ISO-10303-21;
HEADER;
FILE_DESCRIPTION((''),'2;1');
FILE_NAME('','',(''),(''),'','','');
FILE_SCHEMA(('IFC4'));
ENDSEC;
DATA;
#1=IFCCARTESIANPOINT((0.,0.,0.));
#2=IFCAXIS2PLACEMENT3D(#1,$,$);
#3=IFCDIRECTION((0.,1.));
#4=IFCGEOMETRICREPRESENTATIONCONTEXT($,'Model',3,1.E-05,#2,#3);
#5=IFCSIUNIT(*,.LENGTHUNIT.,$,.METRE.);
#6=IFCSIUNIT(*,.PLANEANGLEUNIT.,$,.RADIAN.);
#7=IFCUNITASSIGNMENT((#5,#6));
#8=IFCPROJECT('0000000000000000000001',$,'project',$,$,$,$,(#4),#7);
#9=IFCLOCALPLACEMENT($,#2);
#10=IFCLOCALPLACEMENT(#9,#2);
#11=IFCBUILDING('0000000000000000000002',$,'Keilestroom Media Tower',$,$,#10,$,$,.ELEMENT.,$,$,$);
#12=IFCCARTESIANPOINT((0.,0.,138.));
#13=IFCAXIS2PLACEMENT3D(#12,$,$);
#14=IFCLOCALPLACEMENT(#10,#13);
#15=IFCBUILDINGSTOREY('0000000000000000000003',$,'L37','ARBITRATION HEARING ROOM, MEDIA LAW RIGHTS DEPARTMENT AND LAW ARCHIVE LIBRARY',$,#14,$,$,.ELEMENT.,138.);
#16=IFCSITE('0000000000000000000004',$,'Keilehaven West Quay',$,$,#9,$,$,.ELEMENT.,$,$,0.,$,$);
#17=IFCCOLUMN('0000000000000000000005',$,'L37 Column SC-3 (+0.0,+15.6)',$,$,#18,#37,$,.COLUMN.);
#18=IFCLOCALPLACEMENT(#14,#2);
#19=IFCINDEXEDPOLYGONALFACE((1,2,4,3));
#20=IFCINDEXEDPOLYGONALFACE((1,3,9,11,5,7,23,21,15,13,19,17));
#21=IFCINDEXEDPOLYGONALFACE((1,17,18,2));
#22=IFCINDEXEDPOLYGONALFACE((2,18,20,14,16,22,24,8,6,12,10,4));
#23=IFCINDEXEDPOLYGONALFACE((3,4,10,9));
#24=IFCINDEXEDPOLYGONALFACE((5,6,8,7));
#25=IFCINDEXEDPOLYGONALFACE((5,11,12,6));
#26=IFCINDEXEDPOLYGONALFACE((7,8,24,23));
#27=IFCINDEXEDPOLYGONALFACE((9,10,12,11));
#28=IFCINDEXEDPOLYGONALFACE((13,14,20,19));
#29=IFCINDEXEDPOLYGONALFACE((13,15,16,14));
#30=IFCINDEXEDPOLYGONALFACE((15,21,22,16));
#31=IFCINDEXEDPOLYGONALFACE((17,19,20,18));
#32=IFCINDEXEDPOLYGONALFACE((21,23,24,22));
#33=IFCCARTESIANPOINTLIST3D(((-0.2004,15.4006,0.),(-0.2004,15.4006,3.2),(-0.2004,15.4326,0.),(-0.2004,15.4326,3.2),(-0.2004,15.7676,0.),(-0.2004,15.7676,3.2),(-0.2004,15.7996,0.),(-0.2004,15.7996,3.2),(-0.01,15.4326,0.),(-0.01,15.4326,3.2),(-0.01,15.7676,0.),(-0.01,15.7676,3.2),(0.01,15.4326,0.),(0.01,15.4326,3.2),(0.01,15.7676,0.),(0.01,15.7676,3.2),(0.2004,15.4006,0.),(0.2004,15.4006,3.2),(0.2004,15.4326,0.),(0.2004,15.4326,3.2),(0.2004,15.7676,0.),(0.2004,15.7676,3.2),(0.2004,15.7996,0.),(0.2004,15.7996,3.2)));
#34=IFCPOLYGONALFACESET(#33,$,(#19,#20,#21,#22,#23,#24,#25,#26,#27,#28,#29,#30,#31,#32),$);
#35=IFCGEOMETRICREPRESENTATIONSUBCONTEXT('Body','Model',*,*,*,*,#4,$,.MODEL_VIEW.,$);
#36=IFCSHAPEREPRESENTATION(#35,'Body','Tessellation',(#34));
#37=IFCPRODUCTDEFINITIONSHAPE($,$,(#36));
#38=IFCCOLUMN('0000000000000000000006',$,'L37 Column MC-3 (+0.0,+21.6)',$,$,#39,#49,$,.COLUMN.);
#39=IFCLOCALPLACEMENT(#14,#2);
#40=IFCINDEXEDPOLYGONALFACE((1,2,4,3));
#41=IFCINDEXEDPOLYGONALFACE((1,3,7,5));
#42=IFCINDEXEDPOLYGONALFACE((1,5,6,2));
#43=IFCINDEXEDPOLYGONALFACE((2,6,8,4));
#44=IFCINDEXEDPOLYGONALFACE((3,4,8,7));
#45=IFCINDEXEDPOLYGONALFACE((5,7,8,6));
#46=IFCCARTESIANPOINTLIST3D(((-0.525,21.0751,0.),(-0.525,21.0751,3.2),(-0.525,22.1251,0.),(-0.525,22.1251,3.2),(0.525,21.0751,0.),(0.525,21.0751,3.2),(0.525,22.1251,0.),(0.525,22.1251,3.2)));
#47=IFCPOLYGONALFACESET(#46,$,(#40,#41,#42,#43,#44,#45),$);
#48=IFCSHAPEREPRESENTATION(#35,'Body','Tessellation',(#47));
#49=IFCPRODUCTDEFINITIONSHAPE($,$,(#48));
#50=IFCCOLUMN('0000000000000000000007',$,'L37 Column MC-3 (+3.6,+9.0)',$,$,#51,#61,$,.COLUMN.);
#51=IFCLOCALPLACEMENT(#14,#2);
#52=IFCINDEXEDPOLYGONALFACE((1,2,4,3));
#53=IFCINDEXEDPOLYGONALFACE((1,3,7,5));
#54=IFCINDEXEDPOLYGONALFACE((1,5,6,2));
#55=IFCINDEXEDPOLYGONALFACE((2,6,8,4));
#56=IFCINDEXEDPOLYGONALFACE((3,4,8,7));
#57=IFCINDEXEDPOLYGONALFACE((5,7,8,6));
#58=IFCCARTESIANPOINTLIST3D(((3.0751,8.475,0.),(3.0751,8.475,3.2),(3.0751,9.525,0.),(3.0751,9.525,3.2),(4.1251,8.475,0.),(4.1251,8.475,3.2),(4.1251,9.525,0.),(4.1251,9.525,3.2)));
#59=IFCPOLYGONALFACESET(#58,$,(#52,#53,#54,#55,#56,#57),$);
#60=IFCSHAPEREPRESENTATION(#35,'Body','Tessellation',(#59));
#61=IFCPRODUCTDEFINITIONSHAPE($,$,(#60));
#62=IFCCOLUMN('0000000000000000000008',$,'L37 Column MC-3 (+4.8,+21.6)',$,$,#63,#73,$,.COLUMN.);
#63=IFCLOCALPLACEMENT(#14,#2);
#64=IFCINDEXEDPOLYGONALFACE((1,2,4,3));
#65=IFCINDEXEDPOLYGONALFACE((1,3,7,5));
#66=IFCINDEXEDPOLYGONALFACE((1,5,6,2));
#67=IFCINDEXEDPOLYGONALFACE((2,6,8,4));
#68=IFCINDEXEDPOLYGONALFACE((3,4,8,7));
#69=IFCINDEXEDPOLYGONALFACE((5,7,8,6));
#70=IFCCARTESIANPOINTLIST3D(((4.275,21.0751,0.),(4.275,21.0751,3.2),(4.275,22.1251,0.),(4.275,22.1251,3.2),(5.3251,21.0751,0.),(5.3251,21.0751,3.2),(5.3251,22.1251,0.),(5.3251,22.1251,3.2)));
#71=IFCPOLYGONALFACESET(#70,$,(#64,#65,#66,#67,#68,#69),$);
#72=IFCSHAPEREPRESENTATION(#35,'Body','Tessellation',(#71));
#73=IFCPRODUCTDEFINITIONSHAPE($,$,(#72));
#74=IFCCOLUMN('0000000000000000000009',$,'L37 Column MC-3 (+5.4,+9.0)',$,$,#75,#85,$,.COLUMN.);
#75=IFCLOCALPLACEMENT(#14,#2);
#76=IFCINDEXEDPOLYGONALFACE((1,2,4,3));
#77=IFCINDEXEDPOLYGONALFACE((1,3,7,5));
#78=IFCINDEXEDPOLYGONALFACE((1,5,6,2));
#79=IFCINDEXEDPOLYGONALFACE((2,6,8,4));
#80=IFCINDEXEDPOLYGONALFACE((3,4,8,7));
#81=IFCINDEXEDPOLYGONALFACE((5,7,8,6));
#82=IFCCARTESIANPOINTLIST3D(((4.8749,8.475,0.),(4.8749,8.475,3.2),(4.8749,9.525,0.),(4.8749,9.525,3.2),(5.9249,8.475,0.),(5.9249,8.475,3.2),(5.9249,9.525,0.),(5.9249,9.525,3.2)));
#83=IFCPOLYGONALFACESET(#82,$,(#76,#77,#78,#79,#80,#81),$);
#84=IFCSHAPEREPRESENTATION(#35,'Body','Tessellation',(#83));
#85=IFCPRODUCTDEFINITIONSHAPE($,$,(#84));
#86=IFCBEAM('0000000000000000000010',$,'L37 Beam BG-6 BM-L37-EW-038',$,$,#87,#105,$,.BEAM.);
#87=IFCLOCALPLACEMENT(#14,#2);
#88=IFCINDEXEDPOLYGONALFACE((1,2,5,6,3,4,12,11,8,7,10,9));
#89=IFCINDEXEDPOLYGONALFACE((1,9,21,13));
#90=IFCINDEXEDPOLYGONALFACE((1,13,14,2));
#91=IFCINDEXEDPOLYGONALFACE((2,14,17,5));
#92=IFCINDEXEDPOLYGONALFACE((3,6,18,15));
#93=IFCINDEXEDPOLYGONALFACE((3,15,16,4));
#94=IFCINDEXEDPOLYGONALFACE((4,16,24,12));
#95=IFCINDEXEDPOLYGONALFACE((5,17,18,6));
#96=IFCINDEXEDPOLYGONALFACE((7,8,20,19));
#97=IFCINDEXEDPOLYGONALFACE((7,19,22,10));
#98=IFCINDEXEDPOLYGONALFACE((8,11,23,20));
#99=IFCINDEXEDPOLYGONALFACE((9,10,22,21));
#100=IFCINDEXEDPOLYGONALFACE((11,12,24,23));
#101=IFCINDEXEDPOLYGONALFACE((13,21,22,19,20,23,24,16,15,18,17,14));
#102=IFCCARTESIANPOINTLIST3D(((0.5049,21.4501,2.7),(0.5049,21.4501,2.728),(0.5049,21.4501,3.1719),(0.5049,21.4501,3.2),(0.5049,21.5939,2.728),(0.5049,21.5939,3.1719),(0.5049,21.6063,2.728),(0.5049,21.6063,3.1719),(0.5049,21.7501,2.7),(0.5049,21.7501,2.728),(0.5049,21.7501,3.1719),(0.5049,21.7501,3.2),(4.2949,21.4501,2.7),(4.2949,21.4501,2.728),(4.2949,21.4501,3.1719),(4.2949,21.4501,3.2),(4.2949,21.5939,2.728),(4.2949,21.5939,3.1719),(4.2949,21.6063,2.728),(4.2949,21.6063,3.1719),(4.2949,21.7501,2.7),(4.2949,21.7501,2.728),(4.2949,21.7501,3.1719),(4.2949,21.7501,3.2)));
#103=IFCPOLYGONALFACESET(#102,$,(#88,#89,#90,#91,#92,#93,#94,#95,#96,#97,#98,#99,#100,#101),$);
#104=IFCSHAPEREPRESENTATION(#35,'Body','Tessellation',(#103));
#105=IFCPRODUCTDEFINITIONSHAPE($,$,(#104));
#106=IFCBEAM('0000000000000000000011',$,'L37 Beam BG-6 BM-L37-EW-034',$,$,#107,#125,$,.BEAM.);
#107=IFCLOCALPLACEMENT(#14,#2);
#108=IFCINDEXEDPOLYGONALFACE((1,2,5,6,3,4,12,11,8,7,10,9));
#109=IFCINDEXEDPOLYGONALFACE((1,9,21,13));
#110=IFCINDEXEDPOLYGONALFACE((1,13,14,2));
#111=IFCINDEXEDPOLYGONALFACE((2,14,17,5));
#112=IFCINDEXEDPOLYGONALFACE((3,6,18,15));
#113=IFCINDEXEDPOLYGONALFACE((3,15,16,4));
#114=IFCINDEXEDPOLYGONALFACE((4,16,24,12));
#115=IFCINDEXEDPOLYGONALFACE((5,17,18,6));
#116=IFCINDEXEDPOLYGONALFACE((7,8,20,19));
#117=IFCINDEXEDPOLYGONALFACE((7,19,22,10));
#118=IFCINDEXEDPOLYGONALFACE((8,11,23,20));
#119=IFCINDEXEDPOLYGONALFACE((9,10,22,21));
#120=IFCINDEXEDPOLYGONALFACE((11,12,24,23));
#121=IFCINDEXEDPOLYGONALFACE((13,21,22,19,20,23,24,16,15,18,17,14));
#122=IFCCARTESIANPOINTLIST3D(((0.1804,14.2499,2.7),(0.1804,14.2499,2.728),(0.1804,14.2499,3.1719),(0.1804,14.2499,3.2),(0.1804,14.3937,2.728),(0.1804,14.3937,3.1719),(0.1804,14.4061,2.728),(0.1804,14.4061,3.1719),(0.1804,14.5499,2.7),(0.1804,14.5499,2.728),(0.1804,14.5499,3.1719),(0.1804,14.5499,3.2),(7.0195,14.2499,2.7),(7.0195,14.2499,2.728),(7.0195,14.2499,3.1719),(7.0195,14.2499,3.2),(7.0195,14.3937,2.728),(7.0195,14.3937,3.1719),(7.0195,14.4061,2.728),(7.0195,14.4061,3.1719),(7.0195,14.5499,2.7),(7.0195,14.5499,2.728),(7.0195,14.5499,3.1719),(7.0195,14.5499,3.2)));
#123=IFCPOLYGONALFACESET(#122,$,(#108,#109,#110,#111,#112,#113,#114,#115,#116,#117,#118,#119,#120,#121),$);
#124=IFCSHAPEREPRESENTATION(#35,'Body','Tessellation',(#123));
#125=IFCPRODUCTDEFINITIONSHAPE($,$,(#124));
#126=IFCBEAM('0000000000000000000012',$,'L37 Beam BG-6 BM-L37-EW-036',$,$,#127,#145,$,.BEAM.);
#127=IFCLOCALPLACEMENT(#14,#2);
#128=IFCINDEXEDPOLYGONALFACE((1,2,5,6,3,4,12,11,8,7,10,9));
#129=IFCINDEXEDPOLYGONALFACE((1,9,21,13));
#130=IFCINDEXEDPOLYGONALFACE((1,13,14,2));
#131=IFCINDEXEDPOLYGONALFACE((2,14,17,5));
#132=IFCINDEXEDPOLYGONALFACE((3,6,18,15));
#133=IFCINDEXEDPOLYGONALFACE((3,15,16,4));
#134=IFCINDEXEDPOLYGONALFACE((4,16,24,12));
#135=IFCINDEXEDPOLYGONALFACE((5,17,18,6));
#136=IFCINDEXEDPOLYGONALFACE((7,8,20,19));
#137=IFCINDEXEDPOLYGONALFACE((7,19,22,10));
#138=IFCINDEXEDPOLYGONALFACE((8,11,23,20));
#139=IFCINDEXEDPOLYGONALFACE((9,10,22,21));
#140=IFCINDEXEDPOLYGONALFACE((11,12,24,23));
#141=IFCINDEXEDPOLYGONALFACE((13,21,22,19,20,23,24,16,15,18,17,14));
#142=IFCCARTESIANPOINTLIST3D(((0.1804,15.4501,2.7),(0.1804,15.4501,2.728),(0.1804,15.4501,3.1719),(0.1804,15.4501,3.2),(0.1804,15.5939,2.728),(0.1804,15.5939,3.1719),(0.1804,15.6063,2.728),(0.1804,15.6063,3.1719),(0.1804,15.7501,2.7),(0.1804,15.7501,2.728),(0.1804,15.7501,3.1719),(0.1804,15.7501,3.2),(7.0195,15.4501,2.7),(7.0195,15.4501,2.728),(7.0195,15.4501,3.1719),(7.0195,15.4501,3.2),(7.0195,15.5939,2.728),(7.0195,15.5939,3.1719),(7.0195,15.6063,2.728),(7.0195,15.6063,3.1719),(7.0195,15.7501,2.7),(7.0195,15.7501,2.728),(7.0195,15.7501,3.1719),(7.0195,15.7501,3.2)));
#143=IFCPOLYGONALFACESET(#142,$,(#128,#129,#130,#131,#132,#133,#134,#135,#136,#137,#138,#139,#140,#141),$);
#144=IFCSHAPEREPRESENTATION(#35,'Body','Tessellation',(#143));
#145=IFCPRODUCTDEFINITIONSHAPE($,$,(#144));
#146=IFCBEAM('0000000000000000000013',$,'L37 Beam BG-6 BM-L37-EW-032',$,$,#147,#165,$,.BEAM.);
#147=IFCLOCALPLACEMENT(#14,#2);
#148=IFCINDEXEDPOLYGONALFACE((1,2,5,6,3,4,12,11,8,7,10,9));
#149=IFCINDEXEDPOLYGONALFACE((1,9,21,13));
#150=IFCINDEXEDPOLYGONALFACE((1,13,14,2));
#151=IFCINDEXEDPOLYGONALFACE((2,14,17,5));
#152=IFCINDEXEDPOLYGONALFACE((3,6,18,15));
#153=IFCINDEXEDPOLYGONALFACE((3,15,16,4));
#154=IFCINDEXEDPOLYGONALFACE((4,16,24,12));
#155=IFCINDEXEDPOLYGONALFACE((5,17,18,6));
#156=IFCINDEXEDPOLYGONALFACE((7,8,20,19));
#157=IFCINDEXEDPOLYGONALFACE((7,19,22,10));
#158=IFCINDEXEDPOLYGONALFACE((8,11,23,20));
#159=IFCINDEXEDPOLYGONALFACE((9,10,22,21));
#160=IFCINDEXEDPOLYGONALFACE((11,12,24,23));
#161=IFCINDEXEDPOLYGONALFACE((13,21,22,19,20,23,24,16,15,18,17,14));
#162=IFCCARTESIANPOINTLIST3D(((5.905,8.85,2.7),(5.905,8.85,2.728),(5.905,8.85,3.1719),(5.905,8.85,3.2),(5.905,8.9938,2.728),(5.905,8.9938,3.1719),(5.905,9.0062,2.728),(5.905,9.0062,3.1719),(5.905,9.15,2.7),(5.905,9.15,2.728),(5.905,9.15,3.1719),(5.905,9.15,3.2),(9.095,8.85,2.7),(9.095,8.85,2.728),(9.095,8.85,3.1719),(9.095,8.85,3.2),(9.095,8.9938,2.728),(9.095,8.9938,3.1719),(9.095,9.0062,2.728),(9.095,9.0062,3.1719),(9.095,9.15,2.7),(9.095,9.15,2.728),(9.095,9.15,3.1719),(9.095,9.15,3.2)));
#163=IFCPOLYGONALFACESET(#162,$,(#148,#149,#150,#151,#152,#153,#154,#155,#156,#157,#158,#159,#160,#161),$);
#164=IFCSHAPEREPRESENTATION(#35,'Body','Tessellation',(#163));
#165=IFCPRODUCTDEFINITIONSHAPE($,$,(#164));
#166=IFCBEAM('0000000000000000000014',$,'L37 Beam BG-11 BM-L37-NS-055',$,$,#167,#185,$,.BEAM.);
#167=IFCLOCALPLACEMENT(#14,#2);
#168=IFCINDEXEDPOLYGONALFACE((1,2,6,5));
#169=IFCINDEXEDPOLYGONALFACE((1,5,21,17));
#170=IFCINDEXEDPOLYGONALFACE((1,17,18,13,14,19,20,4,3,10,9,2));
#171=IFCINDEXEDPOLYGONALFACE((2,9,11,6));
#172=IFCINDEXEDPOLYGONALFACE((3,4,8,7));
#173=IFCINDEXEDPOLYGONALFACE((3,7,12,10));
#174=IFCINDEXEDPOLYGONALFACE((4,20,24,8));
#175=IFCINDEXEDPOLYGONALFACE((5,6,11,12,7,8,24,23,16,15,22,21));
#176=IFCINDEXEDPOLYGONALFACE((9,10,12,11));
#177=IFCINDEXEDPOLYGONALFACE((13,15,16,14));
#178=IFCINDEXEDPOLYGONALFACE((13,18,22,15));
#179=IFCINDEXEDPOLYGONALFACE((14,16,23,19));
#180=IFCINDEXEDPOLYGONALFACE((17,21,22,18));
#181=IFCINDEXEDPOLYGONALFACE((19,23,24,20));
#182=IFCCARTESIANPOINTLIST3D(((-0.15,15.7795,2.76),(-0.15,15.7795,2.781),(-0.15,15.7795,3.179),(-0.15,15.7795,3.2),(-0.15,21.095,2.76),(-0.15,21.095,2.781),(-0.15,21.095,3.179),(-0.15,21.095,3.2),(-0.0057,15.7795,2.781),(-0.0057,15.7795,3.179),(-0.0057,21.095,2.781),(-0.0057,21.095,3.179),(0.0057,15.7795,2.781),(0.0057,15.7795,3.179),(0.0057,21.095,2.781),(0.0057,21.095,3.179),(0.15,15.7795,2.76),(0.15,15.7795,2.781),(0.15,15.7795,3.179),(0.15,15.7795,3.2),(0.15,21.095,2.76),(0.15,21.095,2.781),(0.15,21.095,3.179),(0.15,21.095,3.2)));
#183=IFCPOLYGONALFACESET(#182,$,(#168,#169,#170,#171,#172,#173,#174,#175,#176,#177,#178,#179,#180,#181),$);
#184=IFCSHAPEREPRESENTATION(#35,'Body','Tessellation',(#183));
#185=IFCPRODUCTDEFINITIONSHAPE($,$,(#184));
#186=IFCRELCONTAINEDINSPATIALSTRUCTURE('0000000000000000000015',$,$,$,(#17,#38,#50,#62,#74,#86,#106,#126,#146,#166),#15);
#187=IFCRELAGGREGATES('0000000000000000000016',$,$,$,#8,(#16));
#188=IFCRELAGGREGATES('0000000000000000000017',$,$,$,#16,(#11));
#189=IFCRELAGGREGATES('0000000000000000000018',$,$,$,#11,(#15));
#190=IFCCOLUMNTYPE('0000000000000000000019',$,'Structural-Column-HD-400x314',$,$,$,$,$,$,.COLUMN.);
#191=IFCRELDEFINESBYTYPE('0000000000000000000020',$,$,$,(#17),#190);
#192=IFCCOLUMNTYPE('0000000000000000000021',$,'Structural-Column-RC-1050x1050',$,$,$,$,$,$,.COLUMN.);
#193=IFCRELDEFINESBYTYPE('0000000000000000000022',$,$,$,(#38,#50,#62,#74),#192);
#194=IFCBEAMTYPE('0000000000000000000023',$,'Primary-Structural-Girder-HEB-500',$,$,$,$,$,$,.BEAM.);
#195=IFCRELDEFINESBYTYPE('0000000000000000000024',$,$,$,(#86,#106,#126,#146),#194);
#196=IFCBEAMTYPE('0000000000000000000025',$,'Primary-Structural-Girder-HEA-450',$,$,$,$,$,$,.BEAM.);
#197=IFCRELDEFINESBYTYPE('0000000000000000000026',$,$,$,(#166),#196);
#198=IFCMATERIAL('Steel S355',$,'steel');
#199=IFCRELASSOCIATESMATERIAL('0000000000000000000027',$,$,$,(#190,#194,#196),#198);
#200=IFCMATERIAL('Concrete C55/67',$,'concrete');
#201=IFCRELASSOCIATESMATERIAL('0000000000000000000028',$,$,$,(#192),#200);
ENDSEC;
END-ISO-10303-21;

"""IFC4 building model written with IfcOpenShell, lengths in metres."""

from ifc_helpers import new_model, si_unit, direction, frame, origin, origin_2d, place, context, subcontext, project, spatial, rectangle, i_section, extrude, source, transform, mapped, material, material_profile, profile_set, type_object, element, save


model = new_model("IFC4")

# Units and contexts
model_context = context("Model", 3, precision=1e-05, world=origin(), true_north=direction((0.0, 1.0)))
body_context = subcontext(model_context, "Body", "Model", "MODEL_VIEW")
ifc_project = project(units=[si_unit("LENGTHUNIT", "METRE"), si_unit("PLANEANGLEUNIT", "RADIAN")], contexts=[model_context])

# Site, building, storey
site_placement = place(None, origin())
site = spatial("IfcSite", under=ifc_project, at=site_placement, Name="Keilehaven West Quay", CompositionType="ELEMENT", RefElevation=0.0)
building_placement = place(site_placement, origin())
building = spatial("IfcBuilding", under=site, at=building_placement, Name="Keilestroom Media Tower", CompositionType="ELEMENT")
storey_placement = place(building_placement, frame((0.0, 0.0, 138.0)))
storey = spatial("IfcBuildingStorey", under=building, at=storey_placement, Name="L37", Description="ARBITRATION HEARING ROOM, MEDIA LAW RIGHTS DEPARTMENT AND LAW ARCHIVE LIBRARY", CompositionType="ELEMENT", Elevation=138.0)

# Columns
ifc_material_1 = material(Name="Steel S355", Category="steel")
ifc_material_profile_1 = material_profile(ifc_material_1, i_section(OverallWidth=0.4009, OverallDepth=0.3989, WebThickness=0.02, FlangeThickness=0.032, at=origin_2d()), Name="HD 400x314")
ifc_profile_set_1 = profile_set([ifc_material_profile_1], Name="Steel S355")
column_type_1 = type_object("IfcColumnType", Name="Structural-Column-HD-400x314", PredefinedType="COLUMN", material=ifc_profile_set_1)
shared_shape_1 = source(origin(), body_context, "Body", "SweptSolid", [
    extrude(i_section(OverallWidth=0.4009, OverallDepth=0.3989, WebThickness=0.02, FlangeThickness=0.032, at=origin_2d()), origin(), (0.0, 0.0, 1.0), 3.2),
])
column_placement = place(storey_placement, frame((0.0, 15.6001, 0.0), z_axis=(0.0, 0.0, 1.0), x_axis=(1.0, 0.0, 0.0)))
element("IfcColumn", 1, at=column_placement, inside=storey, type_object=column_type_1, Name="L37 Column SC-3 (+0.0,+15.6)", PredefinedType="COLUMN", context=body_context, shape_type="MappedRepresentation", body=[
    mapped(shared_shape_1, transform((0.0, 0.0, 0.0), x_axis=(1.0, 0.0, 0.0), y_axis=(0.0, 1.0, 0.0), z_axis=(0.0, 0.0, 1.0), scale=1.0)),
])
ifc_material_2 = material(Name="Concrete C55/67", Category="concrete")
ifc_material_profile_2 = material_profile(ifc_material_2, rectangle(XDim=1.05, YDim=1.05, at=origin_2d()), Name="RC 1050x1050")
ifc_profile_set_2 = profile_set([ifc_material_profile_2], Name="Concrete C55/67")
column_type_2 = type_object("IfcColumnType", Name="Structural-Column-RC-1050x1050", PredefinedType="COLUMN", material=ifc_profile_set_2)
shared_shape_2 = source(origin(), body_context, "Body", "SweptSolid", [
    extrude(rectangle(XDim=1.05, YDim=1.05, at=origin_2d()), origin(), (0.0, 0.0, 1.0), 3.2),
])
for number, where, z_axis, x_axis, name in (
    (2, (0.0, 21.6001, 0.0), (0.0, 0.0, 1.0), (1.0, 0.0, 0.0), "L37 Column MC-3 (+0.0,+21.6)"),
    (3, (3.6001, 9.0, 0.0), (0.0, 0.0, 1.0), (1.0, 0.0, 0.0), "L37 Column MC-3 (+3.6,+9.0)"),
    (4, (4.8, 21.6001, 0.0), (0.0, 0.0, 1.0), (1.0, 0.0, 0.0), "L37 Column MC-3 (+4.8,+21.6)"),
    (5, (5.3999, 9.0, 0.0), (0.0, 0.0, 1.0), (1.0, 0.0, 0.0), "L37 Column MC-3 (+5.4,+9.0)"),
):
    element("IfcColumn", number, at=place(storey_placement, frame(where, z_axis=z_axis, x_axis=x_axis)), inside=storey, type_object=column_type_2, Name=name, PredefinedType="COLUMN", context=body_context, shape_type="MappedRepresentation", body=[
        mapped(shared_shape_2, transform((0.0, 0.0, 0.0), x_axis=(1.0, 0.0, 0.0), y_axis=(0.0, 1.0, 0.0), z_axis=(0.0, 0.0, 1.0), scale=1.0)),
    ])

# Beams
ifc_material_profile_3 = material_profile(ifc_material_1, i_section(OverallWidth=0.3, OverallDepth=0.5, WebThickness=0.0125, FlangeThickness=0.0281, at=origin_2d()), Name="HEB 500")
ifc_profile_set_3 = profile_set([ifc_material_profile_3], Name="Steel S355")
beam_type_1 = type_object("IfcBeamType", Name="Primary-Structural-Girder-HEB-500", PredefinedType="BEAM", material=ifc_profile_set_3)
shared_shape_3 = source(origin(), body_context, "Body", "SweptSolid", [
    extrude(i_section(OverallWidth=0.3, OverallDepth=0.5, WebThickness=0.0125, FlangeThickness=0.0281, at=origin_2d()), origin(), (0.0, 0.0, 1.0), 3.79),
])
beam_1_placement = place(storey_placement, frame((0.5049, 21.6001, 2.95), z_axis=(1.0, 0.0, 0.0), x_axis=(0.0, 1.0, 0.0)))
element("IfcBeam", 6, at=beam_1_placement, inside=storey, type_object=beam_type_1, Name="L37 Beam BG-6 BM-L37-EW-038", PredefinedType="BEAM", context=body_context, shape_type="MappedRepresentation", body=[
    mapped(shared_shape_3, transform((0.0, 0.0, 0.0), x_axis=(1.0, 0.0, 0.0), y_axis=(0.0, 1.0, 0.0), z_axis=(0.0, 0.0, 1.0), scale=1.0)),
])
shared_shape_4 = source(origin(), body_context, "Body", "SweptSolid", [
    extrude(i_section(OverallWidth=0.3, OverallDepth=0.5, WebThickness=0.0125, FlangeThickness=0.0281, at=origin_2d()), origin(), (0.0, 0.0, 1.0), 6.8391),
])
for number, where, z_axis, x_axis, name in (
    (7, (0.1804, 14.3999, 2.95), (1.0, 0.0, 0.0), (0.0, 1.0, 0.0), "L37 Beam BG-6 BM-L37-EW-034"),
    (8, (0.1804, 15.6001, 2.95), (1.0, 0.0, 0.0), (0.0, 1.0, 0.0), "L37 Beam BG-6 BM-L37-EW-036"),
):
    element("IfcBeam", number, at=place(storey_placement, frame(where, z_axis=z_axis, x_axis=x_axis)), inside=storey, type_object=beam_type_1, Name=name, PredefinedType="BEAM", context=body_context, shape_type="MappedRepresentation", body=[
        mapped(shared_shape_4, transform((0.0, 0.0, 0.0), x_axis=(1.0, 0.0, 0.0), y_axis=(0.0, 1.0, 0.0), z_axis=(0.0, 0.0, 1.0), scale=1.0)),
    ])
shared_shape_5 = source(origin(), body_context, "Body", "SweptSolid", [
    extrude(i_section(OverallWidth=0.3, OverallDepth=0.5, WebThickness=0.0125, FlangeThickness=0.0281, at=origin_2d()), origin(), (0.0, 0.0, 1.0), 3.1899),
])
beam_2_placement = place(storey_placement, frame((5.905, 9.0, 2.95), z_axis=(1.0, 0.0, 0.0), x_axis=(0.0, 1.0, 0.0)))
element("IfcBeam", 9, at=beam_2_placement, inside=storey, type_object=beam_type_1, Name="L37 Beam BG-6 BM-L37-EW-032", PredefinedType="BEAM", context=body_context, shape_type="MappedRepresentation", body=[
    mapped(shared_shape_5, transform((0.0, 0.0, 0.0), x_axis=(1.0, 0.0, 0.0), y_axis=(0.0, 1.0, 0.0), z_axis=(0.0, 0.0, 1.0), scale=1.0)),
])
ifc_material_profile_4 = material_profile(ifc_material_1, i_section(OverallWidth=0.3, OverallDepth=0.4399, WebThickness=0.0115, FlangeThickness=0.021, at=origin_2d()), Name="HEA 450")
ifc_profile_set_4 = profile_set([ifc_material_profile_4], Name="Steel S355")
beam_type_2 = type_object("IfcBeamType", Name="Primary-Structural-Girder-HEA-450", PredefinedType="BEAM", material=ifc_profile_set_4)
shared_shape_6 = source(origin(), body_context, "Body", "SweptSolid", [
    extrude(i_section(OverallWidth=0.3, OverallDepth=0.4399, WebThickness=0.0115, FlangeThickness=0.021, at=origin_2d()), origin(), (0.0, 0.0, 1.0), 5.3154),
])
beam_3_placement = place(storey_placement, frame((0.0, 15.7795, 2.98), z_axis=(0.0, 1.0, 0.0), x_axis=(-1.0, 0.0, 0.0)))
element("IfcBeam", 10, at=beam_3_placement, inside=storey, type_object=beam_type_2, Name="L37 Beam BG-11 BM-L37-NS-055", PredefinedType="BEAM", context=body_context, shape_type="MappedRepresentation", body=[
    mapped(shared_shape_6, transform((0.0, 0.0, 0.0), x_axis=(1.0, 0.0, 0.0), y_axis=(0.0, 1.0, 0.0), z_axis=(0.0, 0.0, 1.0), scale=1.0)),
])

save(model, "model.ifc")
